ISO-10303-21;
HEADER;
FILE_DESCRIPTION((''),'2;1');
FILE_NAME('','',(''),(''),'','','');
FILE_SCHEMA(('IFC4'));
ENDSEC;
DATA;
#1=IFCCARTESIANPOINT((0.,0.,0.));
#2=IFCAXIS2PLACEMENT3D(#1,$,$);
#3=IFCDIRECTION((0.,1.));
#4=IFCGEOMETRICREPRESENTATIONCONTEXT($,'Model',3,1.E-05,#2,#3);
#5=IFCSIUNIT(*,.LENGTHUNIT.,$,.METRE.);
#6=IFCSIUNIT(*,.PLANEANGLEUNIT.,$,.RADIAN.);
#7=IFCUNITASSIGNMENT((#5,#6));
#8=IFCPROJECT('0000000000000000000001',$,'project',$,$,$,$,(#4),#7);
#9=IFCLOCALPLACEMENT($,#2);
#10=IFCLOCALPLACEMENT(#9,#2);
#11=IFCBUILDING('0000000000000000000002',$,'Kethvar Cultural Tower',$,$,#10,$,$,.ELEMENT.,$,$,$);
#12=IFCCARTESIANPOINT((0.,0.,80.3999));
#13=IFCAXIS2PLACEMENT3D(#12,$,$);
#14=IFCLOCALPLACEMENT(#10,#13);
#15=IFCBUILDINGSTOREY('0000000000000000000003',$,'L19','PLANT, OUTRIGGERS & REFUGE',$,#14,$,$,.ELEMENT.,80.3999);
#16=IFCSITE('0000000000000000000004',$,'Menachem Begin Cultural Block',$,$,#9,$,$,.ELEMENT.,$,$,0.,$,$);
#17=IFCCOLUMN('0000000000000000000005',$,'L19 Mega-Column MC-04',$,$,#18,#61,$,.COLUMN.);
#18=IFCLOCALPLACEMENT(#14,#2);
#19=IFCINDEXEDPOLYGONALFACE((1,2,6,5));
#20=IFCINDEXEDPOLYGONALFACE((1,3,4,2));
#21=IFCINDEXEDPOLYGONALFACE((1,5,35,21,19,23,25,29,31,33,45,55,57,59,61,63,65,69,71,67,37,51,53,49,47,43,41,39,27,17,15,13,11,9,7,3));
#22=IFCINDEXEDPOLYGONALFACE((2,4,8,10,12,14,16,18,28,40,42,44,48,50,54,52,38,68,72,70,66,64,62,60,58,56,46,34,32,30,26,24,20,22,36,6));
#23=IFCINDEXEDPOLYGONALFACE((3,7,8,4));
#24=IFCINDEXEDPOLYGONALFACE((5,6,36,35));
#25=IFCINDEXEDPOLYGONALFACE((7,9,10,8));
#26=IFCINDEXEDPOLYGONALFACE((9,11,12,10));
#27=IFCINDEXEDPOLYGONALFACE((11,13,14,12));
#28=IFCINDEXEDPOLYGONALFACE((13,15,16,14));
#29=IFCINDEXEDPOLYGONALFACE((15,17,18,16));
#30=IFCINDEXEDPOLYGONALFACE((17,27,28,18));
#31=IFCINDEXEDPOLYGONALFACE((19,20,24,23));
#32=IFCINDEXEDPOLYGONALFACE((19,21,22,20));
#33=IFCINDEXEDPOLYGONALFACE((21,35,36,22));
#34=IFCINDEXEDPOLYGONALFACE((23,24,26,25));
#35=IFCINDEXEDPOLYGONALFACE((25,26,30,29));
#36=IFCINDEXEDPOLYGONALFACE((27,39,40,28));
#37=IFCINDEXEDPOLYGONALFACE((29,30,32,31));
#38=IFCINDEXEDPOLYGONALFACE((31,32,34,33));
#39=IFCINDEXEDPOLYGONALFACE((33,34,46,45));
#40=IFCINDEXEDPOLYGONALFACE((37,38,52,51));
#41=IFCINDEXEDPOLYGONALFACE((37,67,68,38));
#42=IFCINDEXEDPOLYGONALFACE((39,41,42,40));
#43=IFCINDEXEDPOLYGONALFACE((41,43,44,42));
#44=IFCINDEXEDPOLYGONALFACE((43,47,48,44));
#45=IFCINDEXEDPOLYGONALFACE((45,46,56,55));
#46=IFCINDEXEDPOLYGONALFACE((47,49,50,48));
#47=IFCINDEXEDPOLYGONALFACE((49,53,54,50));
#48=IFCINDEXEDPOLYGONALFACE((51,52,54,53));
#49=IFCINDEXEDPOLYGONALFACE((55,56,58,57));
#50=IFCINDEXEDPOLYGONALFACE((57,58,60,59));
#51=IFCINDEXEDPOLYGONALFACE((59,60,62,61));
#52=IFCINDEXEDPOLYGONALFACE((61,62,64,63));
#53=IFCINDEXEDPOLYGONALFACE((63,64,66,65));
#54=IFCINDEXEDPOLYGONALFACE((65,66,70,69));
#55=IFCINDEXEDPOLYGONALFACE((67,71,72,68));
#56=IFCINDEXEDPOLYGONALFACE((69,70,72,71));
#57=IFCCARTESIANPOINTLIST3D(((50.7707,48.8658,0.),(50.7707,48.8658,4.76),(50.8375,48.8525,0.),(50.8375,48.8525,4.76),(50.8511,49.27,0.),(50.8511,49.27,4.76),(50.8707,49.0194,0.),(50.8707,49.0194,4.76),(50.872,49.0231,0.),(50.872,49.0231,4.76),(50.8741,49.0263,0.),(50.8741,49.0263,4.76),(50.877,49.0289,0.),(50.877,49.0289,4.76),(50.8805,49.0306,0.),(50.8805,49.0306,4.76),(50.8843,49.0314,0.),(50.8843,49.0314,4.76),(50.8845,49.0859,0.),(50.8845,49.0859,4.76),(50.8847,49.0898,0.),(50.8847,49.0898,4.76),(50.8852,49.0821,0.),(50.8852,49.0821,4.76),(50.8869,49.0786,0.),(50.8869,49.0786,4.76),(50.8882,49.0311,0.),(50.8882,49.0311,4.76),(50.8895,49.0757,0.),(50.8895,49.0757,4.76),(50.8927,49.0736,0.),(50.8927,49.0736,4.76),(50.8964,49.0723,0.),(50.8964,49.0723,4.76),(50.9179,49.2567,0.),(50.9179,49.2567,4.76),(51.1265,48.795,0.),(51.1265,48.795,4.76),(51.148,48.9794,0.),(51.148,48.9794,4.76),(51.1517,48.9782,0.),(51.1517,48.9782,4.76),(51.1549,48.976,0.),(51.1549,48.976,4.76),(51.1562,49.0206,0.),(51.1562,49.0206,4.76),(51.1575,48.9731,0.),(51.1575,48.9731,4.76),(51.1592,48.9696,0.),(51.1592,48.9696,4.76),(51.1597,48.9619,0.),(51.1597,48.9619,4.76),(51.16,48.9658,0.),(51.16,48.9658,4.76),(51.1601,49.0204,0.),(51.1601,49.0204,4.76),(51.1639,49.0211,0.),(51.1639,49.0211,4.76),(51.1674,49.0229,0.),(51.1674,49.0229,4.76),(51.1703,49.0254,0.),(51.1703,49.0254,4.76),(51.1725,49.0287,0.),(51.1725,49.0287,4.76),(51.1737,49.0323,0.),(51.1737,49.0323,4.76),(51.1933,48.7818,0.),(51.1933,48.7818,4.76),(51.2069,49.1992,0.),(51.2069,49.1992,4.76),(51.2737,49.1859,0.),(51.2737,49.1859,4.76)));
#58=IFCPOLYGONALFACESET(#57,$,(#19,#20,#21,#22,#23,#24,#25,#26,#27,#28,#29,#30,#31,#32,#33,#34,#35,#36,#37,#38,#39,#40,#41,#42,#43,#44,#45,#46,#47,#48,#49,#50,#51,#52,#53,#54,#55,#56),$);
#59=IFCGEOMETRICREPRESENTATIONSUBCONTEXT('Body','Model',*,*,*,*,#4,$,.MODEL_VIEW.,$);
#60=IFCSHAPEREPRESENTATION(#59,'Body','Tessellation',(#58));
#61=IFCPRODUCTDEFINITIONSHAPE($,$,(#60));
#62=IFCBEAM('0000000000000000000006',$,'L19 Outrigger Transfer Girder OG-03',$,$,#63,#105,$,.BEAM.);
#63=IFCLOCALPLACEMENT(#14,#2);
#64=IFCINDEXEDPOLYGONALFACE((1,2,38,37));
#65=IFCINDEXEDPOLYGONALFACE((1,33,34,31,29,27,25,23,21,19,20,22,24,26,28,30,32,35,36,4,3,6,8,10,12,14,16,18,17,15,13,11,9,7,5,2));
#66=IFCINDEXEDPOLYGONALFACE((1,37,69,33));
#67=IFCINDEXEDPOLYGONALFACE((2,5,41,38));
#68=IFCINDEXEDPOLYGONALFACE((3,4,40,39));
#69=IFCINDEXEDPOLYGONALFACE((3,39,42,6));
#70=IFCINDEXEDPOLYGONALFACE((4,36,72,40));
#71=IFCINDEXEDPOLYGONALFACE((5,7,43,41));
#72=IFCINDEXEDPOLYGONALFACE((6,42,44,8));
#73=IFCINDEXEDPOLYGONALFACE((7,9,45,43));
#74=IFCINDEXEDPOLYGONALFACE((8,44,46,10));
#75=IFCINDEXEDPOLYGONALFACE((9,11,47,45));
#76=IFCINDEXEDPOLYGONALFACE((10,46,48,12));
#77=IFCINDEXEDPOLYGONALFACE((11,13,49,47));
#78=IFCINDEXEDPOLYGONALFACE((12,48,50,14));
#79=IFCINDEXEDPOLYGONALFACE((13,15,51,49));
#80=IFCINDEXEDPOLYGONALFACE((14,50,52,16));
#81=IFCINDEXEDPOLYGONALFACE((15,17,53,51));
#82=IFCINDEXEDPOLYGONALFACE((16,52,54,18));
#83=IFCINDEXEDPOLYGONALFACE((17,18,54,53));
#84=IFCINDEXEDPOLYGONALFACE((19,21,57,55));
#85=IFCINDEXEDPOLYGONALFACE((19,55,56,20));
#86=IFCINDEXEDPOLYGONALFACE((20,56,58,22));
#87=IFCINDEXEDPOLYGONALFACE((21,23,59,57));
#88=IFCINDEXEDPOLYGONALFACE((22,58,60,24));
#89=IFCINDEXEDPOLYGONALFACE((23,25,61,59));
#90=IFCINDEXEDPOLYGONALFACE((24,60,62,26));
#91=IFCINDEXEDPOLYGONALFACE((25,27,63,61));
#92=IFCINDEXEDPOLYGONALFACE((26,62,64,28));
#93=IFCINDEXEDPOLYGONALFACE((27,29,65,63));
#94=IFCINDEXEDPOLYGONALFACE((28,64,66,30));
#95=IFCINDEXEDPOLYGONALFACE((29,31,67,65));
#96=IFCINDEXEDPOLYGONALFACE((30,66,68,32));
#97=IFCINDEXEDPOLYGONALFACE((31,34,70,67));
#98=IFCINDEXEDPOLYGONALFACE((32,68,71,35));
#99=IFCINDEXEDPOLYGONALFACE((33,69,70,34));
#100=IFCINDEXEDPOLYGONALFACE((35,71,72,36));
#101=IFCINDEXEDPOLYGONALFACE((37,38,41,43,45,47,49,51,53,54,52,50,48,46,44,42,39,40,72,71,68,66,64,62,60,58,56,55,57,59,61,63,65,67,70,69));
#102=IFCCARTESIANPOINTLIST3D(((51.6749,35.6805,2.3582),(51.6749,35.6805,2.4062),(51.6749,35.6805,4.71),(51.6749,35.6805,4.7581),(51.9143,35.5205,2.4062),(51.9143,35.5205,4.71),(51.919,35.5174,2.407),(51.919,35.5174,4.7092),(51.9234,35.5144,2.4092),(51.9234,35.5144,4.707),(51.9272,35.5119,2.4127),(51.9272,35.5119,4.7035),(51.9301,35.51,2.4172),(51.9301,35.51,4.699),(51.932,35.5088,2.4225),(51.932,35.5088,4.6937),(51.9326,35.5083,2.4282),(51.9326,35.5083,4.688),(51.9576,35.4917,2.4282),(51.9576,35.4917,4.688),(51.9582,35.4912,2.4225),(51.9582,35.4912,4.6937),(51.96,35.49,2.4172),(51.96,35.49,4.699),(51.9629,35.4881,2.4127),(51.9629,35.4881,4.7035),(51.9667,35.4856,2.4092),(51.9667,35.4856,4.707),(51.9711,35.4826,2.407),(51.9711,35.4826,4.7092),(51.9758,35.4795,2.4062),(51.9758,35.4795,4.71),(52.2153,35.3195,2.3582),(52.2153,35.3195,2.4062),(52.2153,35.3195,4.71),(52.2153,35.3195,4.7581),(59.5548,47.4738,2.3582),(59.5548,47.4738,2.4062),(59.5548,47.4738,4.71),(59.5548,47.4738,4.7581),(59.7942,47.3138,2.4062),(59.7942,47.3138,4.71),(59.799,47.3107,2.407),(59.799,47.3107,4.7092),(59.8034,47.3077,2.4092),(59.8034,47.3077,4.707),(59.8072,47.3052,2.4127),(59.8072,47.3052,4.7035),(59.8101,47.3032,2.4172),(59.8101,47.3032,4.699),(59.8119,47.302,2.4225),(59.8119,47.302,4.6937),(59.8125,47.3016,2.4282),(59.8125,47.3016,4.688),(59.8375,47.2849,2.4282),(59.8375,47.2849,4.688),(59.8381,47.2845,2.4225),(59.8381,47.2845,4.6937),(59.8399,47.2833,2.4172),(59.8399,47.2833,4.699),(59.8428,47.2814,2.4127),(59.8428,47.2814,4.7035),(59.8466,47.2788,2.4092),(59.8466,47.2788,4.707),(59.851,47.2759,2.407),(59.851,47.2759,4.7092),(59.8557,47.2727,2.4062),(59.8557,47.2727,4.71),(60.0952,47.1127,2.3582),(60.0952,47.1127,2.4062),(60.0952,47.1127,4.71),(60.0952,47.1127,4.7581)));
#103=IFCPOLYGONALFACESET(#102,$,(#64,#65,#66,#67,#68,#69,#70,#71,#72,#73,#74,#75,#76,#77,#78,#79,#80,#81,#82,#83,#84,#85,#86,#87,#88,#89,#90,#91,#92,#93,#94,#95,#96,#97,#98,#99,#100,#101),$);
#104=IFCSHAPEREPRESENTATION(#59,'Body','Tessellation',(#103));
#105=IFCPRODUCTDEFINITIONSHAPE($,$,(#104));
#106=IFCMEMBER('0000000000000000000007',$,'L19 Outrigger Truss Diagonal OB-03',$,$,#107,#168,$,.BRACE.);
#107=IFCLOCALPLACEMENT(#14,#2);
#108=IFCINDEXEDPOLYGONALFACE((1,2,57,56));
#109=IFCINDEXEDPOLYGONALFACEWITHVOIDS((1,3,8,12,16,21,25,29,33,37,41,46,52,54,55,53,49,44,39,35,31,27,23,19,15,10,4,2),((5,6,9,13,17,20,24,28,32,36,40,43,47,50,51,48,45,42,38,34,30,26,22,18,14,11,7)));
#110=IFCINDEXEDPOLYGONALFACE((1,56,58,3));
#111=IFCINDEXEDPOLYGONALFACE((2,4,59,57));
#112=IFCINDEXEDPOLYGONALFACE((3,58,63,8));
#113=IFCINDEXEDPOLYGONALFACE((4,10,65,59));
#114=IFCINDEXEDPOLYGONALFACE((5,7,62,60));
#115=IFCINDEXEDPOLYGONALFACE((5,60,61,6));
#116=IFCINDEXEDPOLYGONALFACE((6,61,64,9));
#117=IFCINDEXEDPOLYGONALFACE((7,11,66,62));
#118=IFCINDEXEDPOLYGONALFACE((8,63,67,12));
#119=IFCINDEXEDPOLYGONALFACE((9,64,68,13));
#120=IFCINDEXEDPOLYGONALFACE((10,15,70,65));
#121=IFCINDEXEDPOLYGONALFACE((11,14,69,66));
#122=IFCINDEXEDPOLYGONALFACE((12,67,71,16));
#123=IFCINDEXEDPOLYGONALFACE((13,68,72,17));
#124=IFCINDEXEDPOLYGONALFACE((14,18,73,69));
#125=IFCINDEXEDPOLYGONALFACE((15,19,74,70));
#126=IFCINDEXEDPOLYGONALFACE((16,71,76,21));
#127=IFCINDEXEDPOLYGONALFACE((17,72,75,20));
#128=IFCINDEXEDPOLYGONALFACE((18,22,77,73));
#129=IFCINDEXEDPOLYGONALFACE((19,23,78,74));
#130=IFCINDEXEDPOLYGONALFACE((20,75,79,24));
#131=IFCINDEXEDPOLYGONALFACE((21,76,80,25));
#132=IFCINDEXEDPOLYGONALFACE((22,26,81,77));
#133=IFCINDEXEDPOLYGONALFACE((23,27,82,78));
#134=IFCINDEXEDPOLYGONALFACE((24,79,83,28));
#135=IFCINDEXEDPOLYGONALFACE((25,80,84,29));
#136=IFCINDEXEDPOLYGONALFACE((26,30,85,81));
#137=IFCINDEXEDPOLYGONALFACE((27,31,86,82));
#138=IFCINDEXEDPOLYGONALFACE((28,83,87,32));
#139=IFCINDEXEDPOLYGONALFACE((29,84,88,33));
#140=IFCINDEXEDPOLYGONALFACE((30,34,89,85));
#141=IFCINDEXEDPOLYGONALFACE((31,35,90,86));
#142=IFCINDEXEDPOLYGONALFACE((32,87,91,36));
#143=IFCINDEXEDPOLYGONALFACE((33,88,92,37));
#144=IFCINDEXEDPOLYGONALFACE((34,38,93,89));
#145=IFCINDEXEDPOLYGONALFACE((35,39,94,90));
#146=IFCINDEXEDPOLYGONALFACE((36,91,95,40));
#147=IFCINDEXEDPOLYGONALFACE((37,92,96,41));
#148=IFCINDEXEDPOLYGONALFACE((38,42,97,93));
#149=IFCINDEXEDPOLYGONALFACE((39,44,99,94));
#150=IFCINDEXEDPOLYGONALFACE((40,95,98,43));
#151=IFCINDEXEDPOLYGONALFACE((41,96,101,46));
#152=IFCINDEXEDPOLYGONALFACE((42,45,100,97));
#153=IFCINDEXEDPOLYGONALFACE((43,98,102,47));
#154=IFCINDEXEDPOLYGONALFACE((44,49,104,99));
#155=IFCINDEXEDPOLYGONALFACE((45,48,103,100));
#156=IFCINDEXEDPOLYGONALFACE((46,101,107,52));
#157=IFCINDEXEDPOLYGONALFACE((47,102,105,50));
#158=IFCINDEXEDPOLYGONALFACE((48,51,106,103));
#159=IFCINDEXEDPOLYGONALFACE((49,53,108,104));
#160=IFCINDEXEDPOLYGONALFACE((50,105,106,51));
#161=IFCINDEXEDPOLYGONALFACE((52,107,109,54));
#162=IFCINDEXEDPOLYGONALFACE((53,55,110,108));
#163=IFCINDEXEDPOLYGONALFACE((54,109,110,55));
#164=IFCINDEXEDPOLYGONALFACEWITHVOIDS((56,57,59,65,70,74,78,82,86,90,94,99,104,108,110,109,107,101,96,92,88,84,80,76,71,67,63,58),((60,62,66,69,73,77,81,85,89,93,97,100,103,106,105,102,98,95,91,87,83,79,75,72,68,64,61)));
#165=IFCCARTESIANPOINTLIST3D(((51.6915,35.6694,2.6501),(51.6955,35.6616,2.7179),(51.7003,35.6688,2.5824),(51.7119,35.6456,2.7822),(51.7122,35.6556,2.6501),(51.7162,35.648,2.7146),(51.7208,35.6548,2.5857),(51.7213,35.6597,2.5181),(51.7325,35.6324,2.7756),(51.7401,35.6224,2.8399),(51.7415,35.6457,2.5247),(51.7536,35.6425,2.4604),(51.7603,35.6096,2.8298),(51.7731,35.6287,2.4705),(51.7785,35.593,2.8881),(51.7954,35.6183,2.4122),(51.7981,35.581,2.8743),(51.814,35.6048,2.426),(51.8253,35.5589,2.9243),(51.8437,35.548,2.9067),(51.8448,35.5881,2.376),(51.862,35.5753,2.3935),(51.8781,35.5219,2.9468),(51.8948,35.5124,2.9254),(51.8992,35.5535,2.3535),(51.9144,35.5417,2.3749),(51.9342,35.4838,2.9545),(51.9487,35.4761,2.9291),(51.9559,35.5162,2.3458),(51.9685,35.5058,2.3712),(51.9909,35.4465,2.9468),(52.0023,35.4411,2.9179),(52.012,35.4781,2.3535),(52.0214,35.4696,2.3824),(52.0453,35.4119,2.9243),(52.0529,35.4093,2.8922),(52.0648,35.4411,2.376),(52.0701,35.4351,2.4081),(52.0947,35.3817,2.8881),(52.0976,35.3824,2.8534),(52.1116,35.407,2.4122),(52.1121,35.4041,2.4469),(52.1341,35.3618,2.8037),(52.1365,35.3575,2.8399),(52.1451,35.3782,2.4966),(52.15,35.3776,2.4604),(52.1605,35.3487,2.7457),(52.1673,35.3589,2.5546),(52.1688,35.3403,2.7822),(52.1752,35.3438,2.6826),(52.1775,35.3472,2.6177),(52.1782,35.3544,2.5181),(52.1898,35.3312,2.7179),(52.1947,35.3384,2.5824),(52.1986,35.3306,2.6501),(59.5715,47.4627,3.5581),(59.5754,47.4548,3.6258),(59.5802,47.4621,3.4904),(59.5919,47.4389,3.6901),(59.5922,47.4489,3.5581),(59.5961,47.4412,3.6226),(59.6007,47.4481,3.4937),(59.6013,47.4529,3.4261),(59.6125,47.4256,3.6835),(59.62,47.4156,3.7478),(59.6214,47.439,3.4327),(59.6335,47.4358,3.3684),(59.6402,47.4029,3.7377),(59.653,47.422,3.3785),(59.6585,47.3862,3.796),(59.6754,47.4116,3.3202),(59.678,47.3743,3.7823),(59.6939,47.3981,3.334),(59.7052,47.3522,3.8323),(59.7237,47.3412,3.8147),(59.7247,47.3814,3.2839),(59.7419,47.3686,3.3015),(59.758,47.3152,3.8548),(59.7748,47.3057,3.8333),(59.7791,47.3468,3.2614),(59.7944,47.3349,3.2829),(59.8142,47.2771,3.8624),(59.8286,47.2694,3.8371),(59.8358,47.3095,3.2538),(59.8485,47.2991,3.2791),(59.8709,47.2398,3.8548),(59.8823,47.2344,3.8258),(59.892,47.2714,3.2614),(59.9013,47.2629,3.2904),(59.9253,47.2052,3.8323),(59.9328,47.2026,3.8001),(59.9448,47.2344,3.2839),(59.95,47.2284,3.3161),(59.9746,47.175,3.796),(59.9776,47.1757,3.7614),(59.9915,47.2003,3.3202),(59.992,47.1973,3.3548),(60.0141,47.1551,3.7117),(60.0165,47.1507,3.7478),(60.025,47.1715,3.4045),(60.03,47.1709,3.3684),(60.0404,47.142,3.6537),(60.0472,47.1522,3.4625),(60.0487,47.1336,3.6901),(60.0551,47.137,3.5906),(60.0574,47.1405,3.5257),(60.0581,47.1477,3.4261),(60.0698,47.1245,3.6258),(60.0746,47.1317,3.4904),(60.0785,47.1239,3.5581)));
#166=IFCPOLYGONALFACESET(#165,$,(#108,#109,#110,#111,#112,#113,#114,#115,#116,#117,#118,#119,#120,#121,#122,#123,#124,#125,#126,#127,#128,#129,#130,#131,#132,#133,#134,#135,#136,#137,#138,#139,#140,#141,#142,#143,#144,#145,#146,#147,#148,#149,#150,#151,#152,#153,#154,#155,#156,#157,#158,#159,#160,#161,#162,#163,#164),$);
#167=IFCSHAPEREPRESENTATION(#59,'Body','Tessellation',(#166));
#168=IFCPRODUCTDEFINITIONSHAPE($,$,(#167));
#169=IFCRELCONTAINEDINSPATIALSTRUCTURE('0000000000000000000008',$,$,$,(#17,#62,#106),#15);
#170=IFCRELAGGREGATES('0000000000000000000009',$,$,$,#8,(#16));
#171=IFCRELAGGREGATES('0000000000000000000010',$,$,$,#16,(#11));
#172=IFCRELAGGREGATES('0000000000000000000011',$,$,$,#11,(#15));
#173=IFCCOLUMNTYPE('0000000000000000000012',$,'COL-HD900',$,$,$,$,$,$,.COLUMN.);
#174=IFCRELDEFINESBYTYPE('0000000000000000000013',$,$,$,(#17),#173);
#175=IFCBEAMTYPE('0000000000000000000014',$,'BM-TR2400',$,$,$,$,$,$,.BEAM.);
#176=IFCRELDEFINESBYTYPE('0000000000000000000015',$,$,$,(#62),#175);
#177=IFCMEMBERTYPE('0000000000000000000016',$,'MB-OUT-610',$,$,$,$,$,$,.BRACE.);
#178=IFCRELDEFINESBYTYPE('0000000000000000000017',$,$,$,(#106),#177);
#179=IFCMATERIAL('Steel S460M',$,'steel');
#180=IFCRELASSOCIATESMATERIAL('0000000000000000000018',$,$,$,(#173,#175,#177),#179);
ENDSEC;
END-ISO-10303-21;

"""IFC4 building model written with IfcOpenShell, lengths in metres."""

from ifc_helpers import new_model, si_unit, direction, frame, origin, origin_2d, place, context, subcontext, project, spatial, hollow_circle, i_section, extrude, source, transform, mapped, material, material_profile, profile_set, type_object, element, save


model = new_model("IFC4")

# Units and contexts
model_context = context("Model", 3, precision=1e-05, world=origin(), true_north=direction((0.0, 1.0)))
body_context = subcontext(model_context, "Body", "Model", "MODEL_VIEW")
ifc_project = project(units=[si_unit("LENGTHUNIT", "METRE"), si_unit("PLANEANGLEUNIT", "RADIAN")], contexts=[model_context])

# Site, building, storey
site_placement = place(None, origin())
site = spatial("IfcSite", under=ifc_project, at=site_placement, Name="Menachem Begin Cultural Block", CompositionType="ELEMENT", RefElevation=0.0)
building_placement = place(site_placement, origin())
building = spatial("IfcBuilding", under=site, at=building_placement, Name="Kethvar Cultural Tower", CompositionType="ELEMENT")
storey_placement = place(building_placement, frame((0.0, 0.0, 80.3999)))
storey = spatial("IfcBuildingStorey", under=building, at=storey_placement, Name="L19", Description="PLANT, OUTRIGGERS & REFUGE", CompositionType="ELEMENT", Elevation=80.3999)

# Column
ifc_material_1 = material(Name="Steel S460M", Category="steel")
ifc_material_profile_1 = material_profile(ifc_material_1, i_section(OverallWidth=0.4121, OverallDepth=0.4309, WebThickness=0.042, FlangeThickness=0.0681, FilletRadius=0.0149, at=origin_2d()), Name="Steel S460M — HD400x900")
ifc_profile_set_1 = profile_set([ifc_material_profile_1], Name="Steel S460M — HD400x900")
column_type = type_object("IfcColumnType", Name="COL-HD900", PredefinedType="COLUMN", material=ifc_profile_set_1)
shared_shape_1 = source(origin(), body_context, "Body", "SweptSolid", [
    extrude(i_section(OverallWidth=0.4121, OverallDepth=0.4309, WebThickness=0.042, FlangeThickness=0.0681, FilletRadius=0.0149, at=origin_2d()), origin(), (0.0, 0.0, 1.0), 4.76),
])
column_placement = place(storey_placement, frame((51.0222, 49.0259, 0.0), z_axis=(0.0, 0.0, 1.0), x_axis=(0.19509, 0.980785, 0.0)))
element("IfcColumn", 1, at=column_placement, inside=storey, type_object=column_type, Name="L19 Mega-Column MC-04", PredefinedType="COLUMN", context=body_context, shape_type="MappedRepresentation", body=[
    mapped(shared_shape_1, transform((0.0, 0.0, 0.0), scale=1.0)),
])

# Beam
ifc_material_profile_2 = material_profile(ifc_material_1, i_section(OverallWidth=0.6499, OverallDepth=2.3999, WebThickness=0.03, FlangeThickness=0.0481, FilletRadius=0.022, at=origin_2d()), Name="Steel S460M — PG2400x650x48x30")
ifc_profile_set_2 = profile_set([ifc_material_profile_2], Name="Steel S460M — PG2400x650x48x30")
beam_type = type_object("IfcBeamType", Name="BM-TR2400", PredefinedType="BEAM", material=ifc_profile_set_2)
shared_shape_2 = source(origin(), body_context, "Body", "SweptSolid", [
    extrude(i_section(OverallWidth=0.6499, OverallDepth=2.3999, WebThickness=0.03, FlangeThickness=0.0481, FilletRadius=0.022, at=origin_2d()), origin(), (0.0, 0.0, 1.0), 14.1836),
])
beam_1_placement = place(storey_placement, frame((51.9451, 35.5, 3.5581), z_axis=(0.555566, 0.831473, 0.0), x_axis=(-0.831473, 0.555566, 0.0)))
element("IfcBeam", 2, at=beam_1_placement, inside=storey, type_object=beam_type, Name="L19 Outrigger Transfer Girder OG-03", PredefinedType="BEAM", context=body_context, shape_type="MappedRepresentation", body=[
    mapped(shared_shape_2, transform((0.0, 0.0, 0.0), scale=1.0)),
])

# Member
ifc_material_profile_3 = material_profile(ifc_material_1, hollow_circle(Radius=0.3049, WallThickness=0.0249, at=origin_2d()), Name="Steel S460M — CHS610x25")
ifc_profile_set_3 = profile_set([ifc_material_profile_3], Name="Steel S460M — CHS610x25")
member_type_1 = type_object("IfcMemberType", Name="MB-OUT-610", PredefinedType="BRACE", material=ifc_profile_set_3)
shared_shape_3 = source(origin(), body_context, "Body", "SweptSolid", [
    extrude(hollow_circle(Radius=0.3049, WallThickness=0.0249, at=origin_2d()), origin(), (0.0, 0.0, 1.0), 14.2126),
])
member_1_placement = place(storey_placement, frame((51.9451, 35.5, 2.6501), z_axis=(0.554431, 0.829774, 0.063884), x_axis=(-0.831473, 0.555566, 0.0)))
element("IfcMember", 3, at=member_1_placement, inside=storey, type_object=member_type_1, Name="L19 Outrigger Truss Diagonal OB-03", PredefinedType="BRACE", context=body_context, shape_type="MappedRepresentation", body=[
    mapped(shared_shape_3, transform((0.0, 0.0, 0.0), scale=1.0)),
])

save(model, "model.ifc")
